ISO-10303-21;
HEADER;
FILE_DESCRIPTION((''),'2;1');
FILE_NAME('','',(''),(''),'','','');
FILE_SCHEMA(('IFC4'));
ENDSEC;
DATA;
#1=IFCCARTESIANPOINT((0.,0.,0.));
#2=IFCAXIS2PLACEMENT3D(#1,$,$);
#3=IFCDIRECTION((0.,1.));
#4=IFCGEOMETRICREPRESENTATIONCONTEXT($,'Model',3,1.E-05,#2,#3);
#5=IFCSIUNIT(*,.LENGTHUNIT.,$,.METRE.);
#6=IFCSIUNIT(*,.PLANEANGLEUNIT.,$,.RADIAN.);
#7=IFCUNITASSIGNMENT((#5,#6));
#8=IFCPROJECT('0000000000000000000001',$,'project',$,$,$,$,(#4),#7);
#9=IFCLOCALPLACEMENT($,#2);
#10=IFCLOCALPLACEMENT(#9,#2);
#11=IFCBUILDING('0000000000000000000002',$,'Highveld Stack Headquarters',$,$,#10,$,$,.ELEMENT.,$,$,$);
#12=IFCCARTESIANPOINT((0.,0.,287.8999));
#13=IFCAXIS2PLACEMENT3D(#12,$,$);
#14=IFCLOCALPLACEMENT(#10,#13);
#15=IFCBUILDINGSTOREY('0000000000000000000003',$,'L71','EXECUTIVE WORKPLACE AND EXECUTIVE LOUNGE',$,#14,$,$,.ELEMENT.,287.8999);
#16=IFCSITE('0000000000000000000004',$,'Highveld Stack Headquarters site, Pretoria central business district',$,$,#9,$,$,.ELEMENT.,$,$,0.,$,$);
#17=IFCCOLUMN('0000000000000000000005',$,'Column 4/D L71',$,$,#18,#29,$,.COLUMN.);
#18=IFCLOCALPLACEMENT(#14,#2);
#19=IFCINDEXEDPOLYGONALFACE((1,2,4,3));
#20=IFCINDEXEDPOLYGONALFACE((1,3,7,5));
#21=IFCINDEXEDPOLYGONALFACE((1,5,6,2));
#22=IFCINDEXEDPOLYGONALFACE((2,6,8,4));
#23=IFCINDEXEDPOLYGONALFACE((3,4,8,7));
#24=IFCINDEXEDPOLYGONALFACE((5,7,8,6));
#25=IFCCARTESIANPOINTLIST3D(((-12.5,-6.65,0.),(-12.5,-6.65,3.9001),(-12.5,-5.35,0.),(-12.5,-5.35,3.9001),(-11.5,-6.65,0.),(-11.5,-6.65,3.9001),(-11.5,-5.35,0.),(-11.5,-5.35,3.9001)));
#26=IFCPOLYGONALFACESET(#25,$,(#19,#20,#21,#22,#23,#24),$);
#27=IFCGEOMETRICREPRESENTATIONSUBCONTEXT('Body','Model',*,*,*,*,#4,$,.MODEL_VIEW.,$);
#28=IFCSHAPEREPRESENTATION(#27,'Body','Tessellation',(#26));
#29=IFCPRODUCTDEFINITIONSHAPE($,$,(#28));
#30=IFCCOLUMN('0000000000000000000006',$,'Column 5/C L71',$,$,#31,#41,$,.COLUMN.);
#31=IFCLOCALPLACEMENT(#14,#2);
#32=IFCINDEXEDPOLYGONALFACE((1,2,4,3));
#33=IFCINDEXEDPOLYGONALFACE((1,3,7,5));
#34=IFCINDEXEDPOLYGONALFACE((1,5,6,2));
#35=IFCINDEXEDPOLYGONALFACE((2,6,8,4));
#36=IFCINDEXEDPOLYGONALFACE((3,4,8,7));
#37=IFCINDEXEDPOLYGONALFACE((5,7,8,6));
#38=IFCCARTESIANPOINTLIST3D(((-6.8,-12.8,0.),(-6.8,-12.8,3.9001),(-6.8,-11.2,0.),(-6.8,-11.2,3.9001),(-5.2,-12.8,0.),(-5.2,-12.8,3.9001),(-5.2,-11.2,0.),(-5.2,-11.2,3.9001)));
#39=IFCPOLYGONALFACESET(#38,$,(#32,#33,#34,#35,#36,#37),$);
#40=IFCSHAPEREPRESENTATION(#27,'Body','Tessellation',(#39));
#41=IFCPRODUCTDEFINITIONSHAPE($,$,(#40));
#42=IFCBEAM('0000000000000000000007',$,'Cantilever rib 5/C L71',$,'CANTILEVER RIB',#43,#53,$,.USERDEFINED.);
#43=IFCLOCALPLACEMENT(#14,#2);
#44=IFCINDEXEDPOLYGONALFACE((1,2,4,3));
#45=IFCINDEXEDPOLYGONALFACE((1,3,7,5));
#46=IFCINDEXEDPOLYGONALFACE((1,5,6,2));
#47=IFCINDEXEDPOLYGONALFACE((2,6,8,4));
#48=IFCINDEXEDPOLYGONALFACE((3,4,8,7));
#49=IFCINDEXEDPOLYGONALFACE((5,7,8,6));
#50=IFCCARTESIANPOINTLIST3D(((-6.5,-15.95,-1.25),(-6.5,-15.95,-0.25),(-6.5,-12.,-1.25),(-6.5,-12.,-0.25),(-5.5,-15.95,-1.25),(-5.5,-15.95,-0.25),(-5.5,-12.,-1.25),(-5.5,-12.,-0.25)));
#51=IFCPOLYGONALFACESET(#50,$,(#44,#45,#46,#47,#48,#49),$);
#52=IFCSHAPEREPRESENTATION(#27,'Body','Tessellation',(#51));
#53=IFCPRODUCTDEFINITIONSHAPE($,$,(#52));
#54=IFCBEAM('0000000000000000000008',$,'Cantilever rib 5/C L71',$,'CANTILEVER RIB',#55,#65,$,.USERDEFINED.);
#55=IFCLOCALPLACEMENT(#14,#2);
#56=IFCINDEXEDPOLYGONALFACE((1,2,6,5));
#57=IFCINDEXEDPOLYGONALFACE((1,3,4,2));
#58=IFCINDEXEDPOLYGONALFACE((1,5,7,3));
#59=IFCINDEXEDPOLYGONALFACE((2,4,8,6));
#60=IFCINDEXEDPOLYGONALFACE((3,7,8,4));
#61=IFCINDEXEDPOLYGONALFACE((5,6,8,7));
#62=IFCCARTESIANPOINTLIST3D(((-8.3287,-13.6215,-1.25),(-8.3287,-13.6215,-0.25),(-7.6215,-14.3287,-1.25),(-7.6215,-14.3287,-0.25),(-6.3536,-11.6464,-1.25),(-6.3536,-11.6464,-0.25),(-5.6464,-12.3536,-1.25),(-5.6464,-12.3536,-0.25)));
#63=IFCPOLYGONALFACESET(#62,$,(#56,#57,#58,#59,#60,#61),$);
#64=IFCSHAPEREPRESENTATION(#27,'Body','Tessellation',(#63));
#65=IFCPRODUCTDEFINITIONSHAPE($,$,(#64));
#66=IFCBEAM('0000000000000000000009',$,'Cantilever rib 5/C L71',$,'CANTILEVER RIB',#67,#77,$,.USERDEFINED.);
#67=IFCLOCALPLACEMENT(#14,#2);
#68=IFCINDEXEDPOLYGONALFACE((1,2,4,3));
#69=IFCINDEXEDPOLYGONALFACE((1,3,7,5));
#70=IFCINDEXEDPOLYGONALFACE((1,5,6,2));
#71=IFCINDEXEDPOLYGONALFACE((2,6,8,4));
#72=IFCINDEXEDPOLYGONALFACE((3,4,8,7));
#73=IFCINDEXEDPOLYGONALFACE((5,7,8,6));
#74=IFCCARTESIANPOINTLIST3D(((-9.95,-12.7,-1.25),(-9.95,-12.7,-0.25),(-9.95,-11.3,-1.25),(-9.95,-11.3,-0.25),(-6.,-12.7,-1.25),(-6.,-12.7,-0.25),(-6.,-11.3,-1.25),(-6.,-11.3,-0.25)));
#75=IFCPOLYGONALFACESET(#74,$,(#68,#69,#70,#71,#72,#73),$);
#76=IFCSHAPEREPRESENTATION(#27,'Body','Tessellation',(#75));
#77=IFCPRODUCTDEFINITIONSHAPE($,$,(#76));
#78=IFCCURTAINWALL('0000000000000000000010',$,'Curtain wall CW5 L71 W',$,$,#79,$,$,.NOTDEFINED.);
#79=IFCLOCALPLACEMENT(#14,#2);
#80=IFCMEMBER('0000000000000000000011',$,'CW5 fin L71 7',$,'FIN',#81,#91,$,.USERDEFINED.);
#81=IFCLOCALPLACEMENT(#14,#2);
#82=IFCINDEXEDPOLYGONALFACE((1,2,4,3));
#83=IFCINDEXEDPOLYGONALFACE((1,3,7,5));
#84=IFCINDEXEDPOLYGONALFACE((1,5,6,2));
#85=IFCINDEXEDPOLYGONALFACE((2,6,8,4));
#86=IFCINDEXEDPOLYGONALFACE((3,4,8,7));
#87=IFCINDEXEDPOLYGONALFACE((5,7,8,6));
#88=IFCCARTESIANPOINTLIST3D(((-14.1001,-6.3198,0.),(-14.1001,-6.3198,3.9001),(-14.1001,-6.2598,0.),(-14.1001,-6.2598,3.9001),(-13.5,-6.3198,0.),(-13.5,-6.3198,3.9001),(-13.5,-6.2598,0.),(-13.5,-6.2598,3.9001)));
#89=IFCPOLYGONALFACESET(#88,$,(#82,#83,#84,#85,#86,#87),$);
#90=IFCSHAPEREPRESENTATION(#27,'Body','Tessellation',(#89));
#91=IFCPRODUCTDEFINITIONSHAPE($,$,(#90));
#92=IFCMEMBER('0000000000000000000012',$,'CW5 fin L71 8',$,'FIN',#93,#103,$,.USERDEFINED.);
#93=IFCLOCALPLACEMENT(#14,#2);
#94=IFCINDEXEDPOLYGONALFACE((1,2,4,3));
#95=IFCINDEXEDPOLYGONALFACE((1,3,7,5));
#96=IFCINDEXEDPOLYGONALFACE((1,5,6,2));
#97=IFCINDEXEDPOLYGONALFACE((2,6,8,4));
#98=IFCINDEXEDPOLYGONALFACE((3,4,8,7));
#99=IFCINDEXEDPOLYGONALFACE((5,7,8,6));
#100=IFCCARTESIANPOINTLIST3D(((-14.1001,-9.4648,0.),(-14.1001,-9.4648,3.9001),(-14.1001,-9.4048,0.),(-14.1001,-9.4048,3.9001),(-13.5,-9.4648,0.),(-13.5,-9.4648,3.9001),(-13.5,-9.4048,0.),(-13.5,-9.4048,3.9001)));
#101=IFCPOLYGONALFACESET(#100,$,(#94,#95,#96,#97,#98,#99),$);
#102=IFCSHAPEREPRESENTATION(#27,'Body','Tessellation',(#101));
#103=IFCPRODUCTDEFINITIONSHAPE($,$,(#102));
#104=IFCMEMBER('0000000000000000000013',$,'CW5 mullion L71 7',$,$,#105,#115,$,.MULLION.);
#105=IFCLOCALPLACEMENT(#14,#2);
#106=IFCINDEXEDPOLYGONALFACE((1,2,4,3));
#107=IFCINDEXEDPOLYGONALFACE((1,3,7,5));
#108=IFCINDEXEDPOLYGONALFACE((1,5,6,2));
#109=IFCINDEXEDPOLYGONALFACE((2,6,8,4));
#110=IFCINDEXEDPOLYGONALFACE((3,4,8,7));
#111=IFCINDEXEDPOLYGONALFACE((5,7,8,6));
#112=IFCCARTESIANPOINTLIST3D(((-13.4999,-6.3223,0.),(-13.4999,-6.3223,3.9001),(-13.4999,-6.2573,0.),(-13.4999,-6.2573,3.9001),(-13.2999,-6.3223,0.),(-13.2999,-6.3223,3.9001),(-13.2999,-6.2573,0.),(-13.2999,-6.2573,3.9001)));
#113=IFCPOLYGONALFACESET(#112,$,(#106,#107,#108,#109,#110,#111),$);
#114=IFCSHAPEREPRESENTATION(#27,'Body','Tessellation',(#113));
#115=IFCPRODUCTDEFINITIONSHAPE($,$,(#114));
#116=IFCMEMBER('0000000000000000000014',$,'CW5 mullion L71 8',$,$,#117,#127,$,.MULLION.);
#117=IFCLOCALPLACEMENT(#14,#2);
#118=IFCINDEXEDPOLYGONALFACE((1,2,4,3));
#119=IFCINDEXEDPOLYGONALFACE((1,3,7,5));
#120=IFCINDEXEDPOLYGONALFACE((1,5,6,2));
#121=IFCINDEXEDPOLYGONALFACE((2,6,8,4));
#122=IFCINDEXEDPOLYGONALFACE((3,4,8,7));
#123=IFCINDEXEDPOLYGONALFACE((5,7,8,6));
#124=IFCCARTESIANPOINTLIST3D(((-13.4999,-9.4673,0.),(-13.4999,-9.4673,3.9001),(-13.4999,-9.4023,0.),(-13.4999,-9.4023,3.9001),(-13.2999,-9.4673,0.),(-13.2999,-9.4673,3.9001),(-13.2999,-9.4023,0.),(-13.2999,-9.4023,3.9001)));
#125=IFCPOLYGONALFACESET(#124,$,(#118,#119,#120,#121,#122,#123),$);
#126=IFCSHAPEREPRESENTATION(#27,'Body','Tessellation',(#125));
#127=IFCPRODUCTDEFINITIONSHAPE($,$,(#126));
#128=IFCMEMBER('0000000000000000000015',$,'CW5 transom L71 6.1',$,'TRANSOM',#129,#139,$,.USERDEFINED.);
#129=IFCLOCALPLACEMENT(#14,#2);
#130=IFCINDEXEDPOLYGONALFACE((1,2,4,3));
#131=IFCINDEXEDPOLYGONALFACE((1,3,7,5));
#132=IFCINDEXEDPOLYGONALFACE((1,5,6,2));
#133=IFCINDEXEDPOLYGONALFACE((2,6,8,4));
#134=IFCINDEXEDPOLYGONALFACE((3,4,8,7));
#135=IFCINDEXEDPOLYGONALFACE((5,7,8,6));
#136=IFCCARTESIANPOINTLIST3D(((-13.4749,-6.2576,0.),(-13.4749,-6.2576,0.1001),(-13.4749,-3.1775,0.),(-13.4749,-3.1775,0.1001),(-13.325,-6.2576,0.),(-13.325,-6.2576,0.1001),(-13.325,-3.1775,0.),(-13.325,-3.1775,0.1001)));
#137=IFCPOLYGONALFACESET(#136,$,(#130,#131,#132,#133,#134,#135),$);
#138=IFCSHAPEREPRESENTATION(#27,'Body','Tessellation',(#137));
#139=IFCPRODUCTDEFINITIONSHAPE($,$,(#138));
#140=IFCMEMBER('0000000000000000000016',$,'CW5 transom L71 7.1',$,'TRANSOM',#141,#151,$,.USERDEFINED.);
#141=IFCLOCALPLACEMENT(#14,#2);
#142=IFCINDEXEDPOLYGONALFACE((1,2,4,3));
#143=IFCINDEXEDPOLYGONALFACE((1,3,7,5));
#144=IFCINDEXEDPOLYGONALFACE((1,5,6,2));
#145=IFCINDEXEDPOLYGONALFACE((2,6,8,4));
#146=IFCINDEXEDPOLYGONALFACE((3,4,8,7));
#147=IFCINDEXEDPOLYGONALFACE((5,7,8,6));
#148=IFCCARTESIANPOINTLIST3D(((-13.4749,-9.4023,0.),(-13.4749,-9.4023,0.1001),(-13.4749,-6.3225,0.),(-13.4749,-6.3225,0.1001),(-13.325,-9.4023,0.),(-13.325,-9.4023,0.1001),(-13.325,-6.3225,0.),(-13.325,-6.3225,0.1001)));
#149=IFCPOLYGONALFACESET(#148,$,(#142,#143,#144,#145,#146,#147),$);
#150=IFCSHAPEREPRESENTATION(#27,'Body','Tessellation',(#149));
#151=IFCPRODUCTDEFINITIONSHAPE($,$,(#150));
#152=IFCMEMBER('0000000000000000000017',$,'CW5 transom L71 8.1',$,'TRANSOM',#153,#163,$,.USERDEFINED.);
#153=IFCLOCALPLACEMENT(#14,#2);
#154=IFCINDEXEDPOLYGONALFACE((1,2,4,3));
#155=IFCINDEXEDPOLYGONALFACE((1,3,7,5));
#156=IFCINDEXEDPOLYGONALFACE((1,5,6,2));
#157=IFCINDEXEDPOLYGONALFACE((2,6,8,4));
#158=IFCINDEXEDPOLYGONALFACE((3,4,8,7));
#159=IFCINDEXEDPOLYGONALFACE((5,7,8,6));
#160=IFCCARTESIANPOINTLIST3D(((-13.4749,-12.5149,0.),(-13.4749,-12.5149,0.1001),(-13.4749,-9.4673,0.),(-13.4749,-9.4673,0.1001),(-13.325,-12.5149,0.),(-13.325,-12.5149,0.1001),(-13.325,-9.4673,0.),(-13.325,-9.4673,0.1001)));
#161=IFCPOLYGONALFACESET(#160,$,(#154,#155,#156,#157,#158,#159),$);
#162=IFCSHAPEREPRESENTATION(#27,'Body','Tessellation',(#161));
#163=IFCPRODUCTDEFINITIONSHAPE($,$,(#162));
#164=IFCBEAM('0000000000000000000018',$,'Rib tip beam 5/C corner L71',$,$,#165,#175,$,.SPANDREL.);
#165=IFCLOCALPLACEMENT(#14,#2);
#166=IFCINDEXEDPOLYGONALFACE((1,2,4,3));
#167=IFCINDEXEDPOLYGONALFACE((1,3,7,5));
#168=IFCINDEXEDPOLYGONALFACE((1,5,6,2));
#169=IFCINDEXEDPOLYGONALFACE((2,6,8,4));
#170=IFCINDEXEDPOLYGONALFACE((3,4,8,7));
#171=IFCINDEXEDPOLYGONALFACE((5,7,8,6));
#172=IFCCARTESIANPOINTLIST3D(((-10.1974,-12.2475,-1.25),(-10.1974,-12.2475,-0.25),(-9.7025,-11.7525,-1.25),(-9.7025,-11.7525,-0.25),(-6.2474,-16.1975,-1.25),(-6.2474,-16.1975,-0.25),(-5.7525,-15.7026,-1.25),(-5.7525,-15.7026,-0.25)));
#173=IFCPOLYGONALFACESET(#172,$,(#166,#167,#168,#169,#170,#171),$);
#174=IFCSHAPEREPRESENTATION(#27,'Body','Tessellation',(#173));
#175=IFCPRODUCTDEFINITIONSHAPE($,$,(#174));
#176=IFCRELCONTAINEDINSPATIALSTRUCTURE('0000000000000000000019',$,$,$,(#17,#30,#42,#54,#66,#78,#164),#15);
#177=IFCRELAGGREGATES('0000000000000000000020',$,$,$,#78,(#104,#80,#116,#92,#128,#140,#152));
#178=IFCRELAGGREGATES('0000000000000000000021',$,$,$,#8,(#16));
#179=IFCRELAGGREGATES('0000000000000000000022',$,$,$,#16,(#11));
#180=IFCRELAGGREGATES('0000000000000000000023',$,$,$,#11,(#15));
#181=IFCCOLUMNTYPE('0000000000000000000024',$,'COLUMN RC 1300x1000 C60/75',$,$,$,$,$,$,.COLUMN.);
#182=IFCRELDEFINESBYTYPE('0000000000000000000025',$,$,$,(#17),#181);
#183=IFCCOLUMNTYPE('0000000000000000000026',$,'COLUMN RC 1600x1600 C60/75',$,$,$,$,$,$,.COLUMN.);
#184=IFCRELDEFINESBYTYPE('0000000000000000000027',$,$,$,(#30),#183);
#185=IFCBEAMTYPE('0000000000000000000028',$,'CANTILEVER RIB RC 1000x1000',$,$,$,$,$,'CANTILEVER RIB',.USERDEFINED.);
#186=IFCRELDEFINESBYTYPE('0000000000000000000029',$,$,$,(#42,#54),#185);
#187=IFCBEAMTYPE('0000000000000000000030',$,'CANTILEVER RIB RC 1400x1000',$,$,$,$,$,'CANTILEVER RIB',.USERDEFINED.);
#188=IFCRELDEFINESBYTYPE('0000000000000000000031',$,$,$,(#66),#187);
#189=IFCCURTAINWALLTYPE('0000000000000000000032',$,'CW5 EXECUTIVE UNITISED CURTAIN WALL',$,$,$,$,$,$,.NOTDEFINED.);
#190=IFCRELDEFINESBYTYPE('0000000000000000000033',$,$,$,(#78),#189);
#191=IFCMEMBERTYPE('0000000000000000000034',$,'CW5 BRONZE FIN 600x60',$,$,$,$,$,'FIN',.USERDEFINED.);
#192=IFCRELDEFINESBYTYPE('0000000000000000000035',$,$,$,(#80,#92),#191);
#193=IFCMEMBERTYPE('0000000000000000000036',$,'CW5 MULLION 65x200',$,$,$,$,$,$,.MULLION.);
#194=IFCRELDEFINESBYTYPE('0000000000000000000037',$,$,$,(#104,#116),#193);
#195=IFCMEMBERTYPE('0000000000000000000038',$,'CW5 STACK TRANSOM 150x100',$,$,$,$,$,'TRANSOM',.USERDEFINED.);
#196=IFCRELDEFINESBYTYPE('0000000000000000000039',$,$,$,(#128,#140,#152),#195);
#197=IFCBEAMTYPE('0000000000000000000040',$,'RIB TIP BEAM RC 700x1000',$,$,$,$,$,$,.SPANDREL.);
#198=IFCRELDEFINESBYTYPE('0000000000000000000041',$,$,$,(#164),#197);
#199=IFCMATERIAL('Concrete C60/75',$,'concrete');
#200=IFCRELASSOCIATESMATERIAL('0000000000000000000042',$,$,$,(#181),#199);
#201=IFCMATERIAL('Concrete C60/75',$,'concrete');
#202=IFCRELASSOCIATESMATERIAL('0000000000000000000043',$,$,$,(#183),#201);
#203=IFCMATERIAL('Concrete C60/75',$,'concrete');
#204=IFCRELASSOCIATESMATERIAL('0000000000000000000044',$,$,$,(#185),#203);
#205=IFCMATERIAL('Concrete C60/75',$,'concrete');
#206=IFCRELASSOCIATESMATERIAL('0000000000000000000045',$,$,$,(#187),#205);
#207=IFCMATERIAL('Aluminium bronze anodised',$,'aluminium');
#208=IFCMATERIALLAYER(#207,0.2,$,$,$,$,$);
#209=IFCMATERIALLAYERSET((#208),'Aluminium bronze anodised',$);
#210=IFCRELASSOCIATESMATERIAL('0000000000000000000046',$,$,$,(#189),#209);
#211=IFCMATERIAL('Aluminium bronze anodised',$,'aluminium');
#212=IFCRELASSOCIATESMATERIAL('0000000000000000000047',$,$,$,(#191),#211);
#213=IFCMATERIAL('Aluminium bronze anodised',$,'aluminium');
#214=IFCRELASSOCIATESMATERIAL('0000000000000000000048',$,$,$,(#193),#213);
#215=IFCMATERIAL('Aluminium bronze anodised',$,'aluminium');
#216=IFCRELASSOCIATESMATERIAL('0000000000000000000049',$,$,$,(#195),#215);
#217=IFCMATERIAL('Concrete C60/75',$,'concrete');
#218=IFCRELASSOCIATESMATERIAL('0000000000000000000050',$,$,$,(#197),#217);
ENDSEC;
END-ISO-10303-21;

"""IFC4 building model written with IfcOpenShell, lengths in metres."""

from ifc_helpers import new_model, si_unit, direction, frame, origin, origin_2d, place, context, subcontext, project, spatial, rectangle, extrude, material, layer, layer_set, material_profile, profile_set, type_object, element, aggregate, save


model = new_model("IFC4")

# Units and contexts
model_context = context("Model", 3, precision=1e-05, world=origin(), true_north=direction((0.0, 1.0)))
body_context = subcontext(model_context, "Body", "Model", "MODEL_VIEW")
ifc_project = project(units=[si_unit("LENGTHUNIT", "METRE"), si_unit("PLANEANGLEUNIT", "RADIAN")], contexts=[model_context])

# Site, building, storey
site_placement = place(None, origin())
site = spatial("IfcSite", under=ifc_project, at=site_placement, Name="Highveld Stack Headquarters site, Pretoria central business district", CompositionType="ELEMENT", RefElevation=0.0)
building_placement = place(site_placement, origin())
building = spatial("IfcBuilding", under=site, at=building_placement, Name="Highveld Stack Headquarters", CompositionType="ELEMENT")
storey_placement = place(building_placement, frame((0.0, 0.0, 287.8999)))
storey = spatial("IfcBuildingStorey", under=building, at=storey_placement, Name="L71", Description="EXECUTIVE WORKPLACE AND EXECUTIVE LOUNGE", CompositionType="ELEMENT", Elevation=287.8999)

# Columns
ifc_material_1 = material(Name="Concrete C60/75", Category="concrete")
ifc_material_profile_1 = material_profile(ifc_material_1, rectangle(XDim=1.3, YDim=1.0, at=origin_2d()), Name="RC 1300x1000")
ifc_profile_set_1 = profile_set([ifc_material_profile_1], Name="Concrete C60/75")
column_type_1 = type_object("IfcColumnType", Name="COLUMN RC 1300x1000 C60/75", PredefinedType="COLUMN", material=ifc_profile_set_1)
column_1_placement = place(storey_placement, frame((-12.0, -6.0, 0.0), z_axis=(0.0, 0.0, 1.0), x_axis=(0.0, 1.0, 0.0)))
element("IfcColumn", 1, at=column_1_placement, inside=storey, type_object=column_type_1, Name="Column 4/D L71", PredefinedType="COLUMN", context=body_context, shape_type="SweptSolid", body=[
    extrude(rectangle(XDim=1.3, YDim=1.0, at=origin_2d()), origin(), (0.0, 0.0, 1.0), 3.9001),
])
ifc_material_2 = material(Name="Concrete C60/75", Category="concrete")
ifc_material_profile_2 = material_profile(ifc_material_2, rectangle(XDim=1.6001, YDim=1.6001, at=origin_2d()), Name="RC 1600x1600")
ifc_profile_set_2 = profile_set([ifc_material_profile_2], Name="Concrete C60/75")
column_type_2 = type_object("IfcColumnType", Name="COLUMN RC 1600x1600 C60/75", PredefinedType="COLUMN", material=ifc_profile_set_2)
column_2_placement = place(storey_placement, frame((-6.0, -12.0, 0.0), z_axis=(0.0, 0.0, 1.0), x_axis=(1.0, 0.0, 0.0)))
element("IfcColumn", 2, at=column_2_placement, inside=storey, type_object=column_type_2, Name="Column 5/C L71", PredefinedType="COLUMN", context=body_context, shape_type="SweptSolid", body=[
    extrude(rectangle(XDim=1.6001, YDim=1.6001, at=origin_2d()), origin(), (0.0, 0.0, 1.0), 3.9001),
])

# Beams
ifc_material_3 = material(Name="Concrete C60/75", Category="concrete")
ifc_material_profile_3 = material_profile(ifc_material_3, rectangle(XDim=1.0, YDim=1.0, at=origin_2d()), Name="RC 1000x1000")
ifc_profile_set_3 = profile_set([ifc_material_profile_3], Name="Concrete C60/75")
beam_type_1 = type_object("IfcBeamType", Name="CANTILEVER RIB RC 1000x1000", ElementType="CANTILEVER RIB", PredefinedType="USERDEFINED", material=ifc_profile_set_3)
beam_1_placement = place(storey_placement, frame((-6.0, -12.0, -0.75), z_axis=(0.0, -1.0, 0.0), x_axis=(1.0, 0.0, 0.0)))
element("IfcBeam", 3, at=beam_1_placement, inside=storey, type_object=beam_type_1, Name="Cantilever rib 5/C L71", ObjectType="CANTILEVER RIB", PredefinedType="USERDEFINED", context=body_context, shape_type="SweptSolid", body=[
    extrude(rectangle(XDim=1.0, YDim=1.0, at=origin_2d()), origin(), (0.0, 0.0, 1.0), 3.95),
])
beam_2_placement = place(storey_placement, frame((-6.0, -12.0, -0.75), z_axis=(-0.707107, -0.707107, 0.0), x_axis=(0.707107, -0.707107, 0.0)))
element("IfcBeam", 4, at=beam_2_placement, inside=storey, type_object=beam_type_1, Name="Cantilever rib 5/C L71", ObjectType="CANTILEVER RIB", PredefinedType="USERDEFINED", context=body_context, shape_type="SweptSolid", body=[
    extrude(rectangle(XDim=1.0, YDim=1.0, at=origin_2d()), origin(), (0.0, 0.0, 1.0), 2.7932),
])
ifc_material_4 = material(Name="Concrete C60/75", Category="concrete")
ifc_material_profile_4 = material_profile(ifc_material_4, rectangle(XDim=1.3999, YDim=1.0, at=origin_2d()), Name="RC 1400x1000")
ifc_profile_set_4 = profile_set([ifc_material_profile_4], Name="Concrete C60/75")
beam_type_2 = type_object("IfcBeamType", Name="CANTILEVER RIB RC 1400x1000", ElementType="CANTILEVER RIB", PredefinedType="USERDEFINED", material=ifc_profile_set_4)
beam_3_placement = place(storey_placement, frame((-6.0, -12.0, -0.75), z_axis=(-1.0, 0.0, 0.0), x_axis=(0.0, -1.0, 0.0)))
element("IfcBeam", 5, at=beam_3_placement, inside=storey, type_object=beam_type_2, Name="Cantilever rib 5/C L71", ObjectType="CANTILEVER RIB", PredefinedType="USERDEFINED", context=body_context, shape_type="SweptSolid", body=[
    extrude(rectangle(XDim=1.3999, YDim=1.0, at=origin_2d()), origin(), (0.0, 0.0, 1.0), 3.95),
])

# Curtain wall, members
ifc_material_5 = material(Name="Aluminium bronze anodised", Category="aluminium")
ifc_layer_1 = layer(ifc_material_5, 0.2)
ifc_layer_set_1 = layer_set([ifc_layer_1], Name="Aluminium bronze anodised")
curtain_wall_type = type_object("IfcCurtainWallType", Name="CW5 EXECUTIVE UNITISED CURTAIN WALL", PredefinedType="NOTDEFINED", material=ifc_layer_set_1)
curtain_wall_placement = place(storey_placement, origin())
curtain_wall = element("IfcCurtainWall", 6, at=curtain_wall_placement, inside=storey, type_object=curtain_wall_type, Name="Curtain wall CW5 L71 W", PredefinedType="NOTDEFINED")
ifc_material_6 = material(Name="Aluminium bronze anodised", Category="aluminium")
ifc_material_profile_5 = material_profile(ifc_material_6, rectangle(XDim=0.6001, YDim=0.0601, at=origin_2d()), Name="FIN 600x60")
ifc_profile_set_5 = profile_set([ifc_material_profile_5], Name="Aluminium bronze anodised")
member_type_1 = type_object("IfcMemberType", Name="CW5 BRONZE FIN 600x60", ElementType="FIN", PredefinedType="USERDEFINED", material=ifc_profile_set_5)
member_1_placement = place(storey_placement, frame((-13.8, -6.2898, 0.0), z_axis=(0.0, 0.0, 1.0), x_axis=(1.0, 0.0, 0.0)))
member_1 = element("IfcMember", 7, at=member_1_placement, type_object=member_type_1, Name="CW5 fin L71 7", ObjectType="FIN", PredefinedType="USERDEFINED", context=body_context, shape_type="SweptSolid", body=[
    extrude(rectangle(XDim=0.6001, YDim=0.0601, at=origin_2d()), origin(), (0.0, 0.0, 1.0), 3.9001),
])
member_2_placement = place(storey_placement, frame((-13.8, -9.4348, 0.0), z_axis=(0.0, 0.0, 1.0), x_axis=(1.0, 0.0, 0.0)))
member_2 = element("IfcMember", 8, at=member_2_placement, type_object=member_type_1, Name="CW5 fin L71 8", ObjectType="FIN", PredefinedType="USERDEFINED", context=body_context, shape_type="SweptSolid", body=[
    extrude(rectangle(XDim=0.6001, YDim=0.0601, at=origin_2d()), origin(), (0.0, 0.0, 1.0), 3.9001),
])
ifc_material_7 = material(Name="Aluminium bronze anodised", Category="aluminium")
ifc_material_profile_6 = material_profile(ifc_material_7, rectangle(XDim=0.2, YDim=0.0649, at=origin_2d()), Name="CW5 MULLION 65x200")
ifc_profile_set_6 = profile_set([ifc_material_profile_6], Name="Aluminium bronze anodised")
member_type_2 = type_object("IfcMemberType", Name="CW5 MULLION 65x200", PredefinedType="MULLION", material=ifc_profile_set_6)
member_3_placement = place(storey_placement, frame((-13.3999, -6.2898, 0.0), z_axis=(0.0, 0.0, 1.0), x_axis=(1.0, 0.0, 0.0)))
member_3 = element("IfcMember", 9, at=member_3_placement, type_object=member_type_2, Name="CW5 mullion L71 7", PredefinedType="MULLION", context=body_context, shape_type="SweptSolid", body=[
    extrude(rectangle(XDim=0.2, YDim=0.0649, at=origin_2d()), origin(), (0.0, 0.0, 1.0), 3.9001),
])
member_4_placement = place(storey_placement, frame((-13.3999, -9.4348, 0.0), z_axis=(0.0, 0.0, 1.0), x_axis=(1.0, 0.0, 0.0)))
member_4 = element("IfcMember", 10, at=member_4_placement, type_object=member_type_2, Name="CW5 mullion L71 8", PredefinedType="MULLION", context=body_context, shape_type="SweptSolid", body=[
    extrude(rectangle(XDim=0.2, YDim=0.0649, at=origin_2d()), origin(), (0.0, 0.0, 1.0), 3.9001),
])
ifc_material_8 = material(Name="Aluminium bronze anodised", Category="aluminium")
ifc_material_profile_7 = material_profile(ifc_material_8, rectangle(XDim=0.1499, YDim=0.1001, at=origin_2d()), Name="CW5 TRANSOM 150x100")
ifc_profile_set_7 = profile_set([ifc_material_profile_7], Name="Aluminium bronze anodised")
member_type_3 = type_object("IfcMemberType", Name="CW5 STACK TRANSOM 150x100", ElementType="TRANSOM", PredefinedType="USERDEFINED", material=ifc_profile_set_7)
member_5_placement = place(storey_placement, frame((-13.3999, -3.1775, 0.05), z_axis=(0.0, -1.0, 0.0), x_axis=(1.0, 0.0, 0.0)))
member_5 = element("IfcMember", 11, at=member_5_placement, type_object=member_type_3, Name="CW5 transom L71 6.1", ObjectType="TRANSOM", PredefinedType="USERDEFINED", context=body_context, shape_type="SweptSolid", body=[
    extrude(rectangle(XDim=0.1499, YDim=0.1001, at=origin_2d()), origin(), (0.0, 0.0, 1.0), 3.0801),
])
member_6_placement = place(storey_placement, frame((-13.3999, -6.3225, 0.05), z_axis=(0.0, -1.0, 0.0), x_axis=(1.0, 0.0, 0.0)))
member_6 = element("IfcMember", 12, at=member_6_placement, type_object=member_type_3, Name="CW5 transom L71 7.1", ObjectType="TRANSOM", PredefinedType="USERDEFINED", context=body_context, shape_type="SweptSolid", body=[
    extrude(rectangle(XDim=0.1499, YDim=0.1001, at=origin_2d()), origin(), (0.0, 0.0, 1.0), 3.0798),
])
member_7_placement = place(storey_placement, frame((-13.3999, -9.4673, 0.05), z_axis=(0.0, -1.0, 0.0), x_axis=(1.0, 0.0, 0.0)))
member_7 = element("IfcMember", 13, at=member_7_placement, type_object=member_type_3, Name="CW5 transom L71 8.1", ObjectType="TRANSOM", PredefinedType="USERDEFINED", context=body_context, shape_type="SweptSolid", body=[
    extrude(rectangle(XDim=0.1499, YDim=0.1001, at=origin_2d()), origin(), (0.0, 0.0, 1.0), 3.0476),
])

# Beam
ifc_material_9 = material(Name="Concrete C60/75", Category="concrete")
ifc_material_profile_8 = material_profile(ifc_material_9, rectangle(XDim=0.7, YDim=1.0, at=origin_2d()), Name="RC 700x1000")
ifc_profile_set_8 = profile_set([ifc_material_profile_8], Name="Concrete C60/75")
beam_type_3 = type_object("IfcBeamType", Name="RIB TIP BEAM RC 700x1000", PredefinedType="SPANDREL", material=ifc_profile_set_8)
beam_4_placement = place(storey_placement, frame((-9.95, -12.0, -0.75), z_axis=(0.707107, -0.707107, 0.0), x_axis=(0.707107, 0.707107, 0.0)))
element("IfcBeam", 14, at=beam_4_placement, inside=storey, type_object=beam_type_3, Name="Rib tip beam 5/C corner L71", PredefinedType="SPANDREL", context=body_context, shape_type="SweptSolid", body=[
    extrude(rectangle(XDim=0.7, YDim=1.0, at=origin_2d()), origin(), (0.0, 0.0, 1.0), 5.5862),
])

aggregate(curtain_wall, [member_3, member_1, member_4, member_2, member_5, member_6, member_7])

save(model, "model.ifc")
